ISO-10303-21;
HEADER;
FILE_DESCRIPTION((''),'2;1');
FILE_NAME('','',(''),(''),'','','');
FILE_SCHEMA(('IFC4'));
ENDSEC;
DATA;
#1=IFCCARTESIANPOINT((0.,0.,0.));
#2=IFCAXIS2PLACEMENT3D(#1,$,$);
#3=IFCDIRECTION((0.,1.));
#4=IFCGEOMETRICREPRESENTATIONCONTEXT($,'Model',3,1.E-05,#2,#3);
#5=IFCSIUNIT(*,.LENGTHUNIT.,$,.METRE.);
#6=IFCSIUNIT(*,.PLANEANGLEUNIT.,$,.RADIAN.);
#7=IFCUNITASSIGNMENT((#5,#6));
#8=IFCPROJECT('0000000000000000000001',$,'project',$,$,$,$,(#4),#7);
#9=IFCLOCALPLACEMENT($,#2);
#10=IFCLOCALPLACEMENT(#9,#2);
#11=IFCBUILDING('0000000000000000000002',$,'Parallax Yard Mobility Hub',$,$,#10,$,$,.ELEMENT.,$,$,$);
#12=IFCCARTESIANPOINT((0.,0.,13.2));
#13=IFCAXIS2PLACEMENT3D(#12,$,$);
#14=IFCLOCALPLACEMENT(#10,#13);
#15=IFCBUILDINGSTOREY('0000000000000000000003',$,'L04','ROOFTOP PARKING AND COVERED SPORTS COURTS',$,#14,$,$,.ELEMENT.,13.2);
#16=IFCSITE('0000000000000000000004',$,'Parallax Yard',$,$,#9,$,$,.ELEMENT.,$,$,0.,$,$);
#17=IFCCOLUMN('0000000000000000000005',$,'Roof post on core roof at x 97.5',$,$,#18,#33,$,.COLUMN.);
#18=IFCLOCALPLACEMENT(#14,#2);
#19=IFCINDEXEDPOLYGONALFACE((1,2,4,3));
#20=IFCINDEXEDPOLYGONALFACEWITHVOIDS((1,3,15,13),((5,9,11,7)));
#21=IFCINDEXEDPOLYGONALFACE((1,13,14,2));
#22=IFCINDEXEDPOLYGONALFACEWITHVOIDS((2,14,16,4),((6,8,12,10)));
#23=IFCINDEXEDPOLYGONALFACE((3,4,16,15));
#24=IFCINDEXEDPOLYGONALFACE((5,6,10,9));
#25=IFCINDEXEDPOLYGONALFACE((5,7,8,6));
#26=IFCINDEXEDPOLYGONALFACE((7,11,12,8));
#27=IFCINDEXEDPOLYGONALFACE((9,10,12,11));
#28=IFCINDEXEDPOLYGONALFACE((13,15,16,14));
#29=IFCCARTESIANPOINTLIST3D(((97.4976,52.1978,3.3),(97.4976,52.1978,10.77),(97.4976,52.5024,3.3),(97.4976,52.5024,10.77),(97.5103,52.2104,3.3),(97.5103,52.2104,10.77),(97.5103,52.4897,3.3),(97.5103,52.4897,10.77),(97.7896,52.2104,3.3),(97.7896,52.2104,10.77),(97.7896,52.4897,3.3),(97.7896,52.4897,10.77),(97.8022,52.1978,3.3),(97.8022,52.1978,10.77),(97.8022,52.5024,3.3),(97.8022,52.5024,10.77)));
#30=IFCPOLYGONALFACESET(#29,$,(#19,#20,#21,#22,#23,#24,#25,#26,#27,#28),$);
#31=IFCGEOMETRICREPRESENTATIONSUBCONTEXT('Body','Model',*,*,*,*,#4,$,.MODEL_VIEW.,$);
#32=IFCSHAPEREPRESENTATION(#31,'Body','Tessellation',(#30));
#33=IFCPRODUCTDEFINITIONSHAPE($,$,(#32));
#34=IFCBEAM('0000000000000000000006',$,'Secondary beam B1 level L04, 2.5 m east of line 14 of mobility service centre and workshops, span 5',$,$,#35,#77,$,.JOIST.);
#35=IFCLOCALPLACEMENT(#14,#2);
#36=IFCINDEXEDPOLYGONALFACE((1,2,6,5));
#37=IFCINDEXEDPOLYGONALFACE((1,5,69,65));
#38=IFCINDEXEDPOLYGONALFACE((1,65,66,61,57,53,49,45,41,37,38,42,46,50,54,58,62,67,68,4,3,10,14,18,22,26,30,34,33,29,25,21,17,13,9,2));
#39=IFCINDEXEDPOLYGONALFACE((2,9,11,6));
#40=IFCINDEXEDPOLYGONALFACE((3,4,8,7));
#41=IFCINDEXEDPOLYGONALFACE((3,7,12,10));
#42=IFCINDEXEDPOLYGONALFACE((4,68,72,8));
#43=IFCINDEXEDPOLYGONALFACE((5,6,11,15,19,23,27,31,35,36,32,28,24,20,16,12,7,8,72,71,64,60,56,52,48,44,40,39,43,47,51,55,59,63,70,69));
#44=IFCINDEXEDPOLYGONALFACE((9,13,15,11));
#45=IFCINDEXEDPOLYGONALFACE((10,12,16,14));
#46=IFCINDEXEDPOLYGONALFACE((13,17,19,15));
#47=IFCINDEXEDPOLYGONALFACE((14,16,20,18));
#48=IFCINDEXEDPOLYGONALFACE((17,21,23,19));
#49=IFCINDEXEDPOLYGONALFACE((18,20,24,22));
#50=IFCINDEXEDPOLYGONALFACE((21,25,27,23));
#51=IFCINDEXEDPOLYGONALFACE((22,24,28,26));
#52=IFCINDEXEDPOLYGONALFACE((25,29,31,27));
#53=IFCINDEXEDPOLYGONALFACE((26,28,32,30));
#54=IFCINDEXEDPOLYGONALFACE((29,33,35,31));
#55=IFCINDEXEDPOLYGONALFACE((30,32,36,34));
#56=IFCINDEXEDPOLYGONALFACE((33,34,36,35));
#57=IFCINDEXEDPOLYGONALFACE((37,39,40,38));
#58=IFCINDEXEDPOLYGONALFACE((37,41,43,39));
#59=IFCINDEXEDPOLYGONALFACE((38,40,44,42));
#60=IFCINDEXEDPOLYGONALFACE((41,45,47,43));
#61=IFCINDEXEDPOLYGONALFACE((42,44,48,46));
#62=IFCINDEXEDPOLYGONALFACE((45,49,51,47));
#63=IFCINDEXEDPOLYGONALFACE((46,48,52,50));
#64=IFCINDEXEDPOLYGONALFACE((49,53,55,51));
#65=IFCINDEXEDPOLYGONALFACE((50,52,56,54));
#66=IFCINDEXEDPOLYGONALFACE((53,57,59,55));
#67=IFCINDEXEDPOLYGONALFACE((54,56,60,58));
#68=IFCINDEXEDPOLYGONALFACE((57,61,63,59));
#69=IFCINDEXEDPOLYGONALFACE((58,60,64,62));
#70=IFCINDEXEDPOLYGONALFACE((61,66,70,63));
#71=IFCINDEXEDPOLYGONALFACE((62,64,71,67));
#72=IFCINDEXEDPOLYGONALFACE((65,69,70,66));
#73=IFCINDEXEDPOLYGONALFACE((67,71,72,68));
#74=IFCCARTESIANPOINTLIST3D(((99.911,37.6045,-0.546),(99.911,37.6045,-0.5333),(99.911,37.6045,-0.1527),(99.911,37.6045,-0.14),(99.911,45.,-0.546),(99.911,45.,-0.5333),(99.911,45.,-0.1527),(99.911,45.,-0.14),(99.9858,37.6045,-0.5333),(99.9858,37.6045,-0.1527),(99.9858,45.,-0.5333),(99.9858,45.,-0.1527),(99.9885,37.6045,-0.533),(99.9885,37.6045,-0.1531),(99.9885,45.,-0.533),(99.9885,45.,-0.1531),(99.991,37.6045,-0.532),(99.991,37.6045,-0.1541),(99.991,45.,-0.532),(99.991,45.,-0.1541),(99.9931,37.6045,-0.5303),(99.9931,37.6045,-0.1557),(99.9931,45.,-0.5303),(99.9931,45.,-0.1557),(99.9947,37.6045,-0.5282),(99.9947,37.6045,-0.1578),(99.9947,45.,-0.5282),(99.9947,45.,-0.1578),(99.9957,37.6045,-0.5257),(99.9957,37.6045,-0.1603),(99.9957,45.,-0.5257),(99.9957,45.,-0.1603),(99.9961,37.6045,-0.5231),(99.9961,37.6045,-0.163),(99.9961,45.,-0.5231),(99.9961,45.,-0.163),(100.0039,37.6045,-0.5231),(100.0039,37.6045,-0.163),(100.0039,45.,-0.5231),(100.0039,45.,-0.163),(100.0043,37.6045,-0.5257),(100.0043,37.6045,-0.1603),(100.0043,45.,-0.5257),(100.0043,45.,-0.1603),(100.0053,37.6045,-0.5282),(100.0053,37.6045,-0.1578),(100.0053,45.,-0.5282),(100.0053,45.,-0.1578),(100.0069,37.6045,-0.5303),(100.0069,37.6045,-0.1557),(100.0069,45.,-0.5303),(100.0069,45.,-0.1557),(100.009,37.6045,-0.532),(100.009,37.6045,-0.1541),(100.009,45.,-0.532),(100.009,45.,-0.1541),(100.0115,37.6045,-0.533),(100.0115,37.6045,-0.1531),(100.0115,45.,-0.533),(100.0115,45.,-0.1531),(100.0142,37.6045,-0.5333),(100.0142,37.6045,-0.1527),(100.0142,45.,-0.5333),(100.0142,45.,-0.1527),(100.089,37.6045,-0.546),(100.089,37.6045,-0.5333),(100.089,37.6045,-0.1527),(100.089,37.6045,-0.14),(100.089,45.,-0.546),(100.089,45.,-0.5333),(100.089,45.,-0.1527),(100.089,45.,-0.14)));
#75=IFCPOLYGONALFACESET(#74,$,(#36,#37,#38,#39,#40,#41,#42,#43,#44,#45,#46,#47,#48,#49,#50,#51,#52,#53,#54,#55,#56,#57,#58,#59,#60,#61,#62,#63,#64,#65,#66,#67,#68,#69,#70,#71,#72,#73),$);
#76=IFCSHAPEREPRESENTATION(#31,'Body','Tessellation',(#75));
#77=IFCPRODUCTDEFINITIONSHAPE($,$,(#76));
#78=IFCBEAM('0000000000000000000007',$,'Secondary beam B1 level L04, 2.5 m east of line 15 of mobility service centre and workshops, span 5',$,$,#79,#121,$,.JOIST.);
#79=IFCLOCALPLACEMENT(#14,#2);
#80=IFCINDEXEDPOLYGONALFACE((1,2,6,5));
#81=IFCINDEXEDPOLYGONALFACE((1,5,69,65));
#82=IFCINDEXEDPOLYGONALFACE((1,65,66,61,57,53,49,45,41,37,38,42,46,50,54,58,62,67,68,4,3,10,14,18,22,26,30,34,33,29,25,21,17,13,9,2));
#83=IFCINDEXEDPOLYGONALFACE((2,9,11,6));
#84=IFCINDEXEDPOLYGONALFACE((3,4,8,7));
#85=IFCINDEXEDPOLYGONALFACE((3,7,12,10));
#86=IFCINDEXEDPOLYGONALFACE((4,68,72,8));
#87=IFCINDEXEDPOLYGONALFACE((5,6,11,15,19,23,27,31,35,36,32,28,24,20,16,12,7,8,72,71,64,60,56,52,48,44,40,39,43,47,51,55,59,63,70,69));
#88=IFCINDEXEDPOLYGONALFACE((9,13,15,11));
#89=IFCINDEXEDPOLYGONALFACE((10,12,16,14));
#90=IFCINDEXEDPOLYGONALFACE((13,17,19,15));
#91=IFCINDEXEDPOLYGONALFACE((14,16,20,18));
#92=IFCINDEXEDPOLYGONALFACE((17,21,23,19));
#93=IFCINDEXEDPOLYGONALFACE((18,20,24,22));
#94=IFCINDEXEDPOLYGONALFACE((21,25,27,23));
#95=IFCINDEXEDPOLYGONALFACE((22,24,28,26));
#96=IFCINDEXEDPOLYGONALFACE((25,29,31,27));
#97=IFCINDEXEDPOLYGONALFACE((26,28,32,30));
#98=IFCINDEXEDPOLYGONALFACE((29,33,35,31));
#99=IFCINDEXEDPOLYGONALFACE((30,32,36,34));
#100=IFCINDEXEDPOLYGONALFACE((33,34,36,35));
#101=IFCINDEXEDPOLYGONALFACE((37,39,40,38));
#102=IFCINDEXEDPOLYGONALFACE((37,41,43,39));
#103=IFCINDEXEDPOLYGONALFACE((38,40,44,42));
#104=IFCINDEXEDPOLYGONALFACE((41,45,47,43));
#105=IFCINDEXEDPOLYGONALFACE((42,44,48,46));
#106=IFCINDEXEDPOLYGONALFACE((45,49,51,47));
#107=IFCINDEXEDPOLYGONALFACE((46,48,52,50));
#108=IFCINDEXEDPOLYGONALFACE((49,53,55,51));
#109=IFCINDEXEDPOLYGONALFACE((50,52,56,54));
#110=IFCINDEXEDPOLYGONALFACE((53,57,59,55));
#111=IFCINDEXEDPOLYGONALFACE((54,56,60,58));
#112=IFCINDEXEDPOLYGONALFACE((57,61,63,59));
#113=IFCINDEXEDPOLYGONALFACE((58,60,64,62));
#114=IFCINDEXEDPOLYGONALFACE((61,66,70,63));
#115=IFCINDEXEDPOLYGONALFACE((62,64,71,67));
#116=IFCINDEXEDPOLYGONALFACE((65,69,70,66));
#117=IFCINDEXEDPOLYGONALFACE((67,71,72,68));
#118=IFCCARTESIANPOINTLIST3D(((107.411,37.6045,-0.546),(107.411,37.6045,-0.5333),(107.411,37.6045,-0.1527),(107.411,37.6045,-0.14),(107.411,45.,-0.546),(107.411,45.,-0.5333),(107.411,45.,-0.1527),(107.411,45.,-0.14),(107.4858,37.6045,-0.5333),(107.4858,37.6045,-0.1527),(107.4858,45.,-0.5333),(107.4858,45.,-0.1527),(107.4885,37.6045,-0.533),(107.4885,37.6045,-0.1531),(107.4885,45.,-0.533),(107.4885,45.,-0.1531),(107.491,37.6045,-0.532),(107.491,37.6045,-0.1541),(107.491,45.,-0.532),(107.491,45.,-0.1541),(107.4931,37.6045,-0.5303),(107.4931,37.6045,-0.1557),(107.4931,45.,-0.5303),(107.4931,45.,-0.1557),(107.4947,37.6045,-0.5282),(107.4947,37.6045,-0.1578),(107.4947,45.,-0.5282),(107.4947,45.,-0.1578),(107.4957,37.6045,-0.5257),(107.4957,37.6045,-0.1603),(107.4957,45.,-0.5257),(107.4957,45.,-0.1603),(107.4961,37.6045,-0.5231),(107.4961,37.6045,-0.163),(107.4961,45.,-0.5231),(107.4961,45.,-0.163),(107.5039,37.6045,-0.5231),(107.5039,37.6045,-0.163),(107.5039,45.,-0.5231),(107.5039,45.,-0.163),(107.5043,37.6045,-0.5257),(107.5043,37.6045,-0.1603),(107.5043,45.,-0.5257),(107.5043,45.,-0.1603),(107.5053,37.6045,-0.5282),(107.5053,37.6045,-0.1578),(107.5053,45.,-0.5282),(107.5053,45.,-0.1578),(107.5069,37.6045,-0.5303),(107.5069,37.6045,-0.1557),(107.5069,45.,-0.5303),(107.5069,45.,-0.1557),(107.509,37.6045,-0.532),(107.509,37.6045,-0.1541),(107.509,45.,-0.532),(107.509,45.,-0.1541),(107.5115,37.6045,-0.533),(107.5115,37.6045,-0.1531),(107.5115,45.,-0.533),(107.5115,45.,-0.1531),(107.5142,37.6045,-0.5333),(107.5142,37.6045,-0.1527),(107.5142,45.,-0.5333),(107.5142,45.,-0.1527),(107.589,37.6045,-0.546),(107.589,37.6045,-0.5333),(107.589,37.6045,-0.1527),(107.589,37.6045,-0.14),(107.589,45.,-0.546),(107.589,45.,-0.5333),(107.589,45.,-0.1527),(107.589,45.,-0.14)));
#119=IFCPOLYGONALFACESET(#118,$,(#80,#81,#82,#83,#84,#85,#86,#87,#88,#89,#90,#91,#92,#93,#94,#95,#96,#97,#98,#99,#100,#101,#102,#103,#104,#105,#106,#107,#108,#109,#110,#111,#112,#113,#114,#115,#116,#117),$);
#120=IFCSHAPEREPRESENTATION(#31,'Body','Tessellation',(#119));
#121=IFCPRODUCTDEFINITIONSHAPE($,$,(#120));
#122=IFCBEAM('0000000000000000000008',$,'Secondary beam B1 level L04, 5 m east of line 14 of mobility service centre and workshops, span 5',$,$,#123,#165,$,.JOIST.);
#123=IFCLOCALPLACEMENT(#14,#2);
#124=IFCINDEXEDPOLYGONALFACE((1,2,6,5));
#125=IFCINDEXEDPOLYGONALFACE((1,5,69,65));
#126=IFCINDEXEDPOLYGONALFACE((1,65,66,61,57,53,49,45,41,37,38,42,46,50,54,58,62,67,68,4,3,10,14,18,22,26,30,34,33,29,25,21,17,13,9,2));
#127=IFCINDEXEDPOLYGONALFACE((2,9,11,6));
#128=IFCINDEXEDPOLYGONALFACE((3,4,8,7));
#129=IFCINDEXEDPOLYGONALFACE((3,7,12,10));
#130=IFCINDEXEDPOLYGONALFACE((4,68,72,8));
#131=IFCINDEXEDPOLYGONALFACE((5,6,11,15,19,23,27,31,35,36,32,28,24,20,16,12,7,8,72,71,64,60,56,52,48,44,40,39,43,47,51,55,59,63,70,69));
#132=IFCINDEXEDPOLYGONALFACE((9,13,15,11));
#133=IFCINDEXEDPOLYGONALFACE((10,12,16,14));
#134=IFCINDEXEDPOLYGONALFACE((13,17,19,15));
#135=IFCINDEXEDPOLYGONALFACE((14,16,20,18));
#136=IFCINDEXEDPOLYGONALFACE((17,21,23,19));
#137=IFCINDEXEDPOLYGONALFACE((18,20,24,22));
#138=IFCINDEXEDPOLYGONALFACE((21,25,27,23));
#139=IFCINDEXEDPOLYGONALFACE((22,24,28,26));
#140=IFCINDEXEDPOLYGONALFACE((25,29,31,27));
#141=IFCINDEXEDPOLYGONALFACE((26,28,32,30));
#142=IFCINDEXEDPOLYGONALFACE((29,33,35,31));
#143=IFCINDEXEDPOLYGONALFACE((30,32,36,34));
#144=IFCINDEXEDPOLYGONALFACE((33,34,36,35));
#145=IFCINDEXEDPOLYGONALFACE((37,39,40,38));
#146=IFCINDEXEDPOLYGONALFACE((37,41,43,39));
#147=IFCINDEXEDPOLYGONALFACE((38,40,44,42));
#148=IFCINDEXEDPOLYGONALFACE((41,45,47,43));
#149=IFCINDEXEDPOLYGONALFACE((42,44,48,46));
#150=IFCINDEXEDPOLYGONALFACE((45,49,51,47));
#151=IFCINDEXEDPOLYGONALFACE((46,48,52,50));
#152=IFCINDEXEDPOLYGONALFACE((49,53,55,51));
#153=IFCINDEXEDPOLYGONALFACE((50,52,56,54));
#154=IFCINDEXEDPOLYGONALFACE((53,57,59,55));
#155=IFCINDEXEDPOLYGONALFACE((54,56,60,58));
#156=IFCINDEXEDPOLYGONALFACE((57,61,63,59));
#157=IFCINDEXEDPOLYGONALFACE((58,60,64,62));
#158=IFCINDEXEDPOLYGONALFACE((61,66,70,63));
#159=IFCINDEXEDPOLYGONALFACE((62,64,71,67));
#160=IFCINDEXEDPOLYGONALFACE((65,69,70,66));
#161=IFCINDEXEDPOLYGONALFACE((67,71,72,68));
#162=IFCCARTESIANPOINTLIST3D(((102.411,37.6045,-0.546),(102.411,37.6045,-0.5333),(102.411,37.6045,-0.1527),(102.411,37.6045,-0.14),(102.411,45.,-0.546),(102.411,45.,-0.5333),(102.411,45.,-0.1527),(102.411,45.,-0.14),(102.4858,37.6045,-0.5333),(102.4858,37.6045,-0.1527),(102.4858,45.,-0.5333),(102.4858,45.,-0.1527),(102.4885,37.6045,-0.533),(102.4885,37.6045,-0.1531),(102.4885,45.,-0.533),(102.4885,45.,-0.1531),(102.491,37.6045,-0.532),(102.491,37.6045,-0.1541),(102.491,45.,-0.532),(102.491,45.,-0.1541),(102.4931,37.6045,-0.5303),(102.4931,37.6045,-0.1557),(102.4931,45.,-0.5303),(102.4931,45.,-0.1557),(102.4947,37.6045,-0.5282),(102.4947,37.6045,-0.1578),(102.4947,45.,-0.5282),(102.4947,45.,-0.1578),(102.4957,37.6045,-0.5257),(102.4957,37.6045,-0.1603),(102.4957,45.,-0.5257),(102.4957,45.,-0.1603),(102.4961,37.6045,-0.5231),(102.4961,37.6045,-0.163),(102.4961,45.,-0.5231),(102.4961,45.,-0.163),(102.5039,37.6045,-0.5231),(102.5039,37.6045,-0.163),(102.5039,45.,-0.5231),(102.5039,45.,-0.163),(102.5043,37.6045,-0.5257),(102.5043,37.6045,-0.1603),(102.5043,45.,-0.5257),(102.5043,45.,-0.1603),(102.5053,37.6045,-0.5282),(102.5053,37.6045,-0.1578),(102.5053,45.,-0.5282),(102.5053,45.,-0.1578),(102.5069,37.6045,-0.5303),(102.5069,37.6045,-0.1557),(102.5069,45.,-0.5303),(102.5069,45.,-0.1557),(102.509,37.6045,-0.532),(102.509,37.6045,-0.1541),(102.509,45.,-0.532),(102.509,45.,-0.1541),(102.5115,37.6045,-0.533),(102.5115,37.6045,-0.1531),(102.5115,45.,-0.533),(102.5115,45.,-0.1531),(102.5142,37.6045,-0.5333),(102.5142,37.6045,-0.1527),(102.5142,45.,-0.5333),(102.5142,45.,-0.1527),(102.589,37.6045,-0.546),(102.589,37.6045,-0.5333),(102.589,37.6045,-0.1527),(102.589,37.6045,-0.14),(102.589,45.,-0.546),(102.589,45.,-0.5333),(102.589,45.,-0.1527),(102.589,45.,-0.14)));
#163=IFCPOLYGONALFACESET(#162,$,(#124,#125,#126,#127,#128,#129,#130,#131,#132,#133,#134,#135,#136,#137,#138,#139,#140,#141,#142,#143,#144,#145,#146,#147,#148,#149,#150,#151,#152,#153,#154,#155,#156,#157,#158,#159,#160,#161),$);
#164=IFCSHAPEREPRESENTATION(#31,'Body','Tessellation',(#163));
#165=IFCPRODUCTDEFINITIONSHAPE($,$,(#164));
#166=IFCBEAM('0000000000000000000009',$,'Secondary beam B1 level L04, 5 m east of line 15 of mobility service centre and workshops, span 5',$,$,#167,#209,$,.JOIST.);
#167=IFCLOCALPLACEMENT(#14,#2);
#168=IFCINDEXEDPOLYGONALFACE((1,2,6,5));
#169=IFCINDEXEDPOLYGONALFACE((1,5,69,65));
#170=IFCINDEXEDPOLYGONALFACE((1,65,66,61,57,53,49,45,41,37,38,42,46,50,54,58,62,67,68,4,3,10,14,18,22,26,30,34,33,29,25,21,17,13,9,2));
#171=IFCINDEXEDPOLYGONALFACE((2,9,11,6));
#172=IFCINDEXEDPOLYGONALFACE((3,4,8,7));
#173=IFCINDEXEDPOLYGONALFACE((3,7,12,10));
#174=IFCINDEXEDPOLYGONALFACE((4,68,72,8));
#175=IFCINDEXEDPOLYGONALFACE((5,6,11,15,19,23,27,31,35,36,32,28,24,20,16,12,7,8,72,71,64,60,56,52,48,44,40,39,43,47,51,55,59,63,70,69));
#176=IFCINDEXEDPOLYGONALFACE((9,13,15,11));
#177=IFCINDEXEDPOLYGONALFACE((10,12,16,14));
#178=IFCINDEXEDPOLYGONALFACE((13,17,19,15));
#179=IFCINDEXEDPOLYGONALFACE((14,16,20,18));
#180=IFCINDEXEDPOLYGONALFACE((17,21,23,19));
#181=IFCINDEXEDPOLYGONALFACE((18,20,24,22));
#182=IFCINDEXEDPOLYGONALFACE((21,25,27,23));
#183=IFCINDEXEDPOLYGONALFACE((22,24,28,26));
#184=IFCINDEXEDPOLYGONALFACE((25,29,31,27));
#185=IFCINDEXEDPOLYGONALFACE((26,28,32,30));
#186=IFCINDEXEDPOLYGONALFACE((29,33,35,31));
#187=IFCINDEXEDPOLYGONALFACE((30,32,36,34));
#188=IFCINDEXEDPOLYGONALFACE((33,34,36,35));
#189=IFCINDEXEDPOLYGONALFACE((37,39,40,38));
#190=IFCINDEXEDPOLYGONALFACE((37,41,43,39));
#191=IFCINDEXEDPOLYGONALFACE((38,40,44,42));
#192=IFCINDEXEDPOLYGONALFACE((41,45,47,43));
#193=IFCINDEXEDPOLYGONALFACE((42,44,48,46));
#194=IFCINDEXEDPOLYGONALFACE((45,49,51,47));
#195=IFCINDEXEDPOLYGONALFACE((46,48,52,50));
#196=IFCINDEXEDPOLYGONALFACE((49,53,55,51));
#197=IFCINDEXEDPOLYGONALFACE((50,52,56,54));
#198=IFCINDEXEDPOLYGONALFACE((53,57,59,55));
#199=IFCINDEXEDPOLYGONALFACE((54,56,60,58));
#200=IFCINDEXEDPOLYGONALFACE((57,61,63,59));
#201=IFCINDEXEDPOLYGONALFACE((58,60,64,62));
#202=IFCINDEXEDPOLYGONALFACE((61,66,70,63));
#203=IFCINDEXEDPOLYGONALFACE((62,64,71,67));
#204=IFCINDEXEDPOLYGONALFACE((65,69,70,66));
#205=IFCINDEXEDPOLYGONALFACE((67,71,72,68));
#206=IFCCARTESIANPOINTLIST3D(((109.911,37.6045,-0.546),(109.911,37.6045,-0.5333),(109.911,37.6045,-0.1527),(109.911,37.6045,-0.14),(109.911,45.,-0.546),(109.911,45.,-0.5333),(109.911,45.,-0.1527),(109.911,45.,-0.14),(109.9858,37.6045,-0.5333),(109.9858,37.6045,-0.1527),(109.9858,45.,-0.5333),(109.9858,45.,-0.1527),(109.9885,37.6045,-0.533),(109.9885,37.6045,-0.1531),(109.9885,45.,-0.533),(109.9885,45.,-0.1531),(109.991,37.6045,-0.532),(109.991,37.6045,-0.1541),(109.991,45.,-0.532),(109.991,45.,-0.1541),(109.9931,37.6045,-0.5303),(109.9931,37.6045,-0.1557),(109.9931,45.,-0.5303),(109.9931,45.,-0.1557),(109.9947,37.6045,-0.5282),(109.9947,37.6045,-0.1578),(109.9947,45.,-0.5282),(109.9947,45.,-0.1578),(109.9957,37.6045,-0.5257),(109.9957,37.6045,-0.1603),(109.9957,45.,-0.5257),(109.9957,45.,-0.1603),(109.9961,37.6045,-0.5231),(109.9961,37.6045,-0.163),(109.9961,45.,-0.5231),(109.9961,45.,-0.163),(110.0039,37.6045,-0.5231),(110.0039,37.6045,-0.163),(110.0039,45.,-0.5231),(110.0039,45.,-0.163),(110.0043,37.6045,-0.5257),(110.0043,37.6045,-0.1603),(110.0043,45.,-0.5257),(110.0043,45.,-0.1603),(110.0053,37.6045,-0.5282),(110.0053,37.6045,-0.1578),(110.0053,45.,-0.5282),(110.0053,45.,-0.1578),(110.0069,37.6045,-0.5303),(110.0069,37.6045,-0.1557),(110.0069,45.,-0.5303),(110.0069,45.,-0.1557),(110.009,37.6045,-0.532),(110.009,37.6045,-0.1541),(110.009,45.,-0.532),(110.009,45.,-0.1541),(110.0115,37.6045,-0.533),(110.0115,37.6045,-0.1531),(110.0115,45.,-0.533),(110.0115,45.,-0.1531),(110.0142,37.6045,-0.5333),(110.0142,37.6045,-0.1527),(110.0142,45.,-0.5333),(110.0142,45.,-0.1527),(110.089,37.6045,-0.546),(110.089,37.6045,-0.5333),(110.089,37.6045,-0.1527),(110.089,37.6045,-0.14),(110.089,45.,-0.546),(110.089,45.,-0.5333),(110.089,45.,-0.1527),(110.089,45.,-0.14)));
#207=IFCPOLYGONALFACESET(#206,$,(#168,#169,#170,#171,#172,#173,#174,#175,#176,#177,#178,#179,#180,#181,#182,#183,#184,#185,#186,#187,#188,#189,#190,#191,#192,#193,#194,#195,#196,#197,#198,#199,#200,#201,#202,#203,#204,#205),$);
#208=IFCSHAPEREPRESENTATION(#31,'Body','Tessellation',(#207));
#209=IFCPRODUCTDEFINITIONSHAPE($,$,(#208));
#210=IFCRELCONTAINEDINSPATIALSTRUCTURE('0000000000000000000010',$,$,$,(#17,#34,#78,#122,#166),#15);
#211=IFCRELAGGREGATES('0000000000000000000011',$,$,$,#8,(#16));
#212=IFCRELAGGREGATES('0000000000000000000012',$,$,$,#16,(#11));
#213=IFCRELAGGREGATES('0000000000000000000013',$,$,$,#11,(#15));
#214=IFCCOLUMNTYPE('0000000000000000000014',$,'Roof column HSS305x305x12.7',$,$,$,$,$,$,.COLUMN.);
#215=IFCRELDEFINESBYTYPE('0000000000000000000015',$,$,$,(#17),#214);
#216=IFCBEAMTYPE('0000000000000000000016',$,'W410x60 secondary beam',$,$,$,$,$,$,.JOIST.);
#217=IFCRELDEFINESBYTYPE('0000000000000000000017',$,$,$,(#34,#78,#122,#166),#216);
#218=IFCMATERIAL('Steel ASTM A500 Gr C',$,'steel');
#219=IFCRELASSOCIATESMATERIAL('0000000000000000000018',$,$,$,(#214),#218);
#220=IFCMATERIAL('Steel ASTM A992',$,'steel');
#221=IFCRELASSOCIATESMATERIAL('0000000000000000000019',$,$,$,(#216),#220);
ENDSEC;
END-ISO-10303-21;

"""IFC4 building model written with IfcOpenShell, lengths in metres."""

from ifc_helpers import new_model, si_unit, direction, frame, origin, origin_2d, place, context, subcontext, project, spatial, hollow_rectangle, i_section, extrude, material, material_profile, profile_set, type_object, element, save


model = new_model("IFC4")

# Units and contexts
model_context = context("Model", 3, precision=1e-05, world=origin(), true_north=direction((0.0, 1.0)))
body_context = subcontext(model_context, "Body", "Model", "MODEL_VIEW")
ifc_project = project(units=[si_unit("LENGTHUNIT", "METRE"), si_unit("PLANEANGLEUNIT", "RADIAN")], contexts=[model_context])

# Site, building, storey
site_placement = place(None, origin())
site = spatial("IfcSite", under=ifc_project, at=site_placement, Name="Parallax Yard", CompositionType="ELEMENT", RefElevation=0.0)
building_placement = place(site_placement, origin())
building = spatial("IfcBuilding", under=site, at=building_placement, Name="Parallax Yard Mobility Hub", CompositionType="ELEMENT")
storey_placement = place(building_placement, frame((0.0, 0.0, 13.2)))
storey = spatial("IfcBuildingStorey", under=building, at=storey_placement, Name="L04", Description="ROOFTOP PARKING AND COVERED SPORTS COURTS", CompositionType="ELEMENT", Elevation=13.2)

# Column
ifc_material_1 = material(Name="Steel ASTM A500 Gr C", Category="steel")
ifc_material_profile_1 = material_profile(ifc_material_1, hollow_rectangle(XDim=0.3047, YDim=0.3047, WallThickness=0.0127, at=origin_2d()), Name="HSS305x305x12.7")
ifc_profile_set_1 = profile_set([ifc_material_profile_1], Name="Steel ASTM A500 Gr C")
column_type = type_object("IfcColumnType", Name="Roof column HSS305x305x12.7", PredefinedType="COLUMN", material=ifc_profile_set_1)
column_placement = place(storey_placement, frame((97.6499, 52.3501, 3.3), z_axis=(0.0, 0.0, 1.0), x_axis=(1.0, 0.0, 0.0)))
element("IfcColumn", 1, at=column_placement, inside=storey, type_object=column_type, Name="Roof post on core roof at x 97.5", PredefinedType="COLUMN", context=body_context, shape_type="SweptSolid", body=[
    extrude(hollow_rectangle(XDim=0.3047, YDim=0.3047, WallThickness=0.0127, at=origin_2d()), origin(), (0.0, 0.0, 1.0), 7.47),
])

# Beams
ifc_material_2 = material(Name="Steel ASTM A992", Category="steel")
ifc_material_profile_2 = material_profile(ifc_material_2, i_section(OverallWidth=0.178, OverallDepth=0.406, WebThickness=0.0078, FlangeThickness=0.0127, FilletRadius=0.0103, at=origin_2d()), Name="W410x60")
ifc_profile_set_2 = profile_set([ifc_material_profile_2], Name="Steel ASTM A992")
beam_type_1 = type_object("IfcBeamType", Name="W410x60 secondary beam", PredefinedType="JOIST", material=ifc_profile_set_2)
for number, where, z_axis, x_axis, name in (
    (2, (100.0, 37.6045, -0.343), (0.0, 1.0, 0.0), (-1.0, 0.0, 0.0), "Secondary beam B1 level L04, 2.5 m east of line 14 of mobility service centre and workshops, span 5"),
    (3, (107.5, 37.6045, -0.343), (0.0, 1.0, 0.0), (-1.0, 0.0, 0.0), "Secondary beam B1 level L04, 2.5 m east of line 15 of mobility service centre and workshops, span 5"),
    (4, (102.5, 37.6045, -0.343), (0.0, 1.0, 0.0), (-1.0, 0.0, 0.0), "Secondary beam B1 level L04, 5 m east of line 14 of mobility service centre and workshops, span 5"),
    (5, (110.0, 37.6045, -0.343), (0.0, 1.0, 0.0), (-1.0, 0.0, 0.0), "Secondary beam B1 level L04, 5 m east of line 15 of mobility service centre and workshops, span 5"),
):
    element("IfcBeam", number, at=place(storey_placement, frame(where, z_axis=z_axis, x_axis=x_axis)), inside=storey, type_object=beam_type_1, Name=name, PredefinedType="JOIST", context=body_context, shape_type="SweptSolid", body=[
        extrude(i_section(OverallWidth=0.178, OverallDepth=0.406, WebThickness=0.0078, FlangeThickness=0.0127, FilletRadius=0.0103, at=origin_2d()), origin(), (0.0, 0.0, 1.0), 7.3955),
    ])

save(model, "model.ifc")
